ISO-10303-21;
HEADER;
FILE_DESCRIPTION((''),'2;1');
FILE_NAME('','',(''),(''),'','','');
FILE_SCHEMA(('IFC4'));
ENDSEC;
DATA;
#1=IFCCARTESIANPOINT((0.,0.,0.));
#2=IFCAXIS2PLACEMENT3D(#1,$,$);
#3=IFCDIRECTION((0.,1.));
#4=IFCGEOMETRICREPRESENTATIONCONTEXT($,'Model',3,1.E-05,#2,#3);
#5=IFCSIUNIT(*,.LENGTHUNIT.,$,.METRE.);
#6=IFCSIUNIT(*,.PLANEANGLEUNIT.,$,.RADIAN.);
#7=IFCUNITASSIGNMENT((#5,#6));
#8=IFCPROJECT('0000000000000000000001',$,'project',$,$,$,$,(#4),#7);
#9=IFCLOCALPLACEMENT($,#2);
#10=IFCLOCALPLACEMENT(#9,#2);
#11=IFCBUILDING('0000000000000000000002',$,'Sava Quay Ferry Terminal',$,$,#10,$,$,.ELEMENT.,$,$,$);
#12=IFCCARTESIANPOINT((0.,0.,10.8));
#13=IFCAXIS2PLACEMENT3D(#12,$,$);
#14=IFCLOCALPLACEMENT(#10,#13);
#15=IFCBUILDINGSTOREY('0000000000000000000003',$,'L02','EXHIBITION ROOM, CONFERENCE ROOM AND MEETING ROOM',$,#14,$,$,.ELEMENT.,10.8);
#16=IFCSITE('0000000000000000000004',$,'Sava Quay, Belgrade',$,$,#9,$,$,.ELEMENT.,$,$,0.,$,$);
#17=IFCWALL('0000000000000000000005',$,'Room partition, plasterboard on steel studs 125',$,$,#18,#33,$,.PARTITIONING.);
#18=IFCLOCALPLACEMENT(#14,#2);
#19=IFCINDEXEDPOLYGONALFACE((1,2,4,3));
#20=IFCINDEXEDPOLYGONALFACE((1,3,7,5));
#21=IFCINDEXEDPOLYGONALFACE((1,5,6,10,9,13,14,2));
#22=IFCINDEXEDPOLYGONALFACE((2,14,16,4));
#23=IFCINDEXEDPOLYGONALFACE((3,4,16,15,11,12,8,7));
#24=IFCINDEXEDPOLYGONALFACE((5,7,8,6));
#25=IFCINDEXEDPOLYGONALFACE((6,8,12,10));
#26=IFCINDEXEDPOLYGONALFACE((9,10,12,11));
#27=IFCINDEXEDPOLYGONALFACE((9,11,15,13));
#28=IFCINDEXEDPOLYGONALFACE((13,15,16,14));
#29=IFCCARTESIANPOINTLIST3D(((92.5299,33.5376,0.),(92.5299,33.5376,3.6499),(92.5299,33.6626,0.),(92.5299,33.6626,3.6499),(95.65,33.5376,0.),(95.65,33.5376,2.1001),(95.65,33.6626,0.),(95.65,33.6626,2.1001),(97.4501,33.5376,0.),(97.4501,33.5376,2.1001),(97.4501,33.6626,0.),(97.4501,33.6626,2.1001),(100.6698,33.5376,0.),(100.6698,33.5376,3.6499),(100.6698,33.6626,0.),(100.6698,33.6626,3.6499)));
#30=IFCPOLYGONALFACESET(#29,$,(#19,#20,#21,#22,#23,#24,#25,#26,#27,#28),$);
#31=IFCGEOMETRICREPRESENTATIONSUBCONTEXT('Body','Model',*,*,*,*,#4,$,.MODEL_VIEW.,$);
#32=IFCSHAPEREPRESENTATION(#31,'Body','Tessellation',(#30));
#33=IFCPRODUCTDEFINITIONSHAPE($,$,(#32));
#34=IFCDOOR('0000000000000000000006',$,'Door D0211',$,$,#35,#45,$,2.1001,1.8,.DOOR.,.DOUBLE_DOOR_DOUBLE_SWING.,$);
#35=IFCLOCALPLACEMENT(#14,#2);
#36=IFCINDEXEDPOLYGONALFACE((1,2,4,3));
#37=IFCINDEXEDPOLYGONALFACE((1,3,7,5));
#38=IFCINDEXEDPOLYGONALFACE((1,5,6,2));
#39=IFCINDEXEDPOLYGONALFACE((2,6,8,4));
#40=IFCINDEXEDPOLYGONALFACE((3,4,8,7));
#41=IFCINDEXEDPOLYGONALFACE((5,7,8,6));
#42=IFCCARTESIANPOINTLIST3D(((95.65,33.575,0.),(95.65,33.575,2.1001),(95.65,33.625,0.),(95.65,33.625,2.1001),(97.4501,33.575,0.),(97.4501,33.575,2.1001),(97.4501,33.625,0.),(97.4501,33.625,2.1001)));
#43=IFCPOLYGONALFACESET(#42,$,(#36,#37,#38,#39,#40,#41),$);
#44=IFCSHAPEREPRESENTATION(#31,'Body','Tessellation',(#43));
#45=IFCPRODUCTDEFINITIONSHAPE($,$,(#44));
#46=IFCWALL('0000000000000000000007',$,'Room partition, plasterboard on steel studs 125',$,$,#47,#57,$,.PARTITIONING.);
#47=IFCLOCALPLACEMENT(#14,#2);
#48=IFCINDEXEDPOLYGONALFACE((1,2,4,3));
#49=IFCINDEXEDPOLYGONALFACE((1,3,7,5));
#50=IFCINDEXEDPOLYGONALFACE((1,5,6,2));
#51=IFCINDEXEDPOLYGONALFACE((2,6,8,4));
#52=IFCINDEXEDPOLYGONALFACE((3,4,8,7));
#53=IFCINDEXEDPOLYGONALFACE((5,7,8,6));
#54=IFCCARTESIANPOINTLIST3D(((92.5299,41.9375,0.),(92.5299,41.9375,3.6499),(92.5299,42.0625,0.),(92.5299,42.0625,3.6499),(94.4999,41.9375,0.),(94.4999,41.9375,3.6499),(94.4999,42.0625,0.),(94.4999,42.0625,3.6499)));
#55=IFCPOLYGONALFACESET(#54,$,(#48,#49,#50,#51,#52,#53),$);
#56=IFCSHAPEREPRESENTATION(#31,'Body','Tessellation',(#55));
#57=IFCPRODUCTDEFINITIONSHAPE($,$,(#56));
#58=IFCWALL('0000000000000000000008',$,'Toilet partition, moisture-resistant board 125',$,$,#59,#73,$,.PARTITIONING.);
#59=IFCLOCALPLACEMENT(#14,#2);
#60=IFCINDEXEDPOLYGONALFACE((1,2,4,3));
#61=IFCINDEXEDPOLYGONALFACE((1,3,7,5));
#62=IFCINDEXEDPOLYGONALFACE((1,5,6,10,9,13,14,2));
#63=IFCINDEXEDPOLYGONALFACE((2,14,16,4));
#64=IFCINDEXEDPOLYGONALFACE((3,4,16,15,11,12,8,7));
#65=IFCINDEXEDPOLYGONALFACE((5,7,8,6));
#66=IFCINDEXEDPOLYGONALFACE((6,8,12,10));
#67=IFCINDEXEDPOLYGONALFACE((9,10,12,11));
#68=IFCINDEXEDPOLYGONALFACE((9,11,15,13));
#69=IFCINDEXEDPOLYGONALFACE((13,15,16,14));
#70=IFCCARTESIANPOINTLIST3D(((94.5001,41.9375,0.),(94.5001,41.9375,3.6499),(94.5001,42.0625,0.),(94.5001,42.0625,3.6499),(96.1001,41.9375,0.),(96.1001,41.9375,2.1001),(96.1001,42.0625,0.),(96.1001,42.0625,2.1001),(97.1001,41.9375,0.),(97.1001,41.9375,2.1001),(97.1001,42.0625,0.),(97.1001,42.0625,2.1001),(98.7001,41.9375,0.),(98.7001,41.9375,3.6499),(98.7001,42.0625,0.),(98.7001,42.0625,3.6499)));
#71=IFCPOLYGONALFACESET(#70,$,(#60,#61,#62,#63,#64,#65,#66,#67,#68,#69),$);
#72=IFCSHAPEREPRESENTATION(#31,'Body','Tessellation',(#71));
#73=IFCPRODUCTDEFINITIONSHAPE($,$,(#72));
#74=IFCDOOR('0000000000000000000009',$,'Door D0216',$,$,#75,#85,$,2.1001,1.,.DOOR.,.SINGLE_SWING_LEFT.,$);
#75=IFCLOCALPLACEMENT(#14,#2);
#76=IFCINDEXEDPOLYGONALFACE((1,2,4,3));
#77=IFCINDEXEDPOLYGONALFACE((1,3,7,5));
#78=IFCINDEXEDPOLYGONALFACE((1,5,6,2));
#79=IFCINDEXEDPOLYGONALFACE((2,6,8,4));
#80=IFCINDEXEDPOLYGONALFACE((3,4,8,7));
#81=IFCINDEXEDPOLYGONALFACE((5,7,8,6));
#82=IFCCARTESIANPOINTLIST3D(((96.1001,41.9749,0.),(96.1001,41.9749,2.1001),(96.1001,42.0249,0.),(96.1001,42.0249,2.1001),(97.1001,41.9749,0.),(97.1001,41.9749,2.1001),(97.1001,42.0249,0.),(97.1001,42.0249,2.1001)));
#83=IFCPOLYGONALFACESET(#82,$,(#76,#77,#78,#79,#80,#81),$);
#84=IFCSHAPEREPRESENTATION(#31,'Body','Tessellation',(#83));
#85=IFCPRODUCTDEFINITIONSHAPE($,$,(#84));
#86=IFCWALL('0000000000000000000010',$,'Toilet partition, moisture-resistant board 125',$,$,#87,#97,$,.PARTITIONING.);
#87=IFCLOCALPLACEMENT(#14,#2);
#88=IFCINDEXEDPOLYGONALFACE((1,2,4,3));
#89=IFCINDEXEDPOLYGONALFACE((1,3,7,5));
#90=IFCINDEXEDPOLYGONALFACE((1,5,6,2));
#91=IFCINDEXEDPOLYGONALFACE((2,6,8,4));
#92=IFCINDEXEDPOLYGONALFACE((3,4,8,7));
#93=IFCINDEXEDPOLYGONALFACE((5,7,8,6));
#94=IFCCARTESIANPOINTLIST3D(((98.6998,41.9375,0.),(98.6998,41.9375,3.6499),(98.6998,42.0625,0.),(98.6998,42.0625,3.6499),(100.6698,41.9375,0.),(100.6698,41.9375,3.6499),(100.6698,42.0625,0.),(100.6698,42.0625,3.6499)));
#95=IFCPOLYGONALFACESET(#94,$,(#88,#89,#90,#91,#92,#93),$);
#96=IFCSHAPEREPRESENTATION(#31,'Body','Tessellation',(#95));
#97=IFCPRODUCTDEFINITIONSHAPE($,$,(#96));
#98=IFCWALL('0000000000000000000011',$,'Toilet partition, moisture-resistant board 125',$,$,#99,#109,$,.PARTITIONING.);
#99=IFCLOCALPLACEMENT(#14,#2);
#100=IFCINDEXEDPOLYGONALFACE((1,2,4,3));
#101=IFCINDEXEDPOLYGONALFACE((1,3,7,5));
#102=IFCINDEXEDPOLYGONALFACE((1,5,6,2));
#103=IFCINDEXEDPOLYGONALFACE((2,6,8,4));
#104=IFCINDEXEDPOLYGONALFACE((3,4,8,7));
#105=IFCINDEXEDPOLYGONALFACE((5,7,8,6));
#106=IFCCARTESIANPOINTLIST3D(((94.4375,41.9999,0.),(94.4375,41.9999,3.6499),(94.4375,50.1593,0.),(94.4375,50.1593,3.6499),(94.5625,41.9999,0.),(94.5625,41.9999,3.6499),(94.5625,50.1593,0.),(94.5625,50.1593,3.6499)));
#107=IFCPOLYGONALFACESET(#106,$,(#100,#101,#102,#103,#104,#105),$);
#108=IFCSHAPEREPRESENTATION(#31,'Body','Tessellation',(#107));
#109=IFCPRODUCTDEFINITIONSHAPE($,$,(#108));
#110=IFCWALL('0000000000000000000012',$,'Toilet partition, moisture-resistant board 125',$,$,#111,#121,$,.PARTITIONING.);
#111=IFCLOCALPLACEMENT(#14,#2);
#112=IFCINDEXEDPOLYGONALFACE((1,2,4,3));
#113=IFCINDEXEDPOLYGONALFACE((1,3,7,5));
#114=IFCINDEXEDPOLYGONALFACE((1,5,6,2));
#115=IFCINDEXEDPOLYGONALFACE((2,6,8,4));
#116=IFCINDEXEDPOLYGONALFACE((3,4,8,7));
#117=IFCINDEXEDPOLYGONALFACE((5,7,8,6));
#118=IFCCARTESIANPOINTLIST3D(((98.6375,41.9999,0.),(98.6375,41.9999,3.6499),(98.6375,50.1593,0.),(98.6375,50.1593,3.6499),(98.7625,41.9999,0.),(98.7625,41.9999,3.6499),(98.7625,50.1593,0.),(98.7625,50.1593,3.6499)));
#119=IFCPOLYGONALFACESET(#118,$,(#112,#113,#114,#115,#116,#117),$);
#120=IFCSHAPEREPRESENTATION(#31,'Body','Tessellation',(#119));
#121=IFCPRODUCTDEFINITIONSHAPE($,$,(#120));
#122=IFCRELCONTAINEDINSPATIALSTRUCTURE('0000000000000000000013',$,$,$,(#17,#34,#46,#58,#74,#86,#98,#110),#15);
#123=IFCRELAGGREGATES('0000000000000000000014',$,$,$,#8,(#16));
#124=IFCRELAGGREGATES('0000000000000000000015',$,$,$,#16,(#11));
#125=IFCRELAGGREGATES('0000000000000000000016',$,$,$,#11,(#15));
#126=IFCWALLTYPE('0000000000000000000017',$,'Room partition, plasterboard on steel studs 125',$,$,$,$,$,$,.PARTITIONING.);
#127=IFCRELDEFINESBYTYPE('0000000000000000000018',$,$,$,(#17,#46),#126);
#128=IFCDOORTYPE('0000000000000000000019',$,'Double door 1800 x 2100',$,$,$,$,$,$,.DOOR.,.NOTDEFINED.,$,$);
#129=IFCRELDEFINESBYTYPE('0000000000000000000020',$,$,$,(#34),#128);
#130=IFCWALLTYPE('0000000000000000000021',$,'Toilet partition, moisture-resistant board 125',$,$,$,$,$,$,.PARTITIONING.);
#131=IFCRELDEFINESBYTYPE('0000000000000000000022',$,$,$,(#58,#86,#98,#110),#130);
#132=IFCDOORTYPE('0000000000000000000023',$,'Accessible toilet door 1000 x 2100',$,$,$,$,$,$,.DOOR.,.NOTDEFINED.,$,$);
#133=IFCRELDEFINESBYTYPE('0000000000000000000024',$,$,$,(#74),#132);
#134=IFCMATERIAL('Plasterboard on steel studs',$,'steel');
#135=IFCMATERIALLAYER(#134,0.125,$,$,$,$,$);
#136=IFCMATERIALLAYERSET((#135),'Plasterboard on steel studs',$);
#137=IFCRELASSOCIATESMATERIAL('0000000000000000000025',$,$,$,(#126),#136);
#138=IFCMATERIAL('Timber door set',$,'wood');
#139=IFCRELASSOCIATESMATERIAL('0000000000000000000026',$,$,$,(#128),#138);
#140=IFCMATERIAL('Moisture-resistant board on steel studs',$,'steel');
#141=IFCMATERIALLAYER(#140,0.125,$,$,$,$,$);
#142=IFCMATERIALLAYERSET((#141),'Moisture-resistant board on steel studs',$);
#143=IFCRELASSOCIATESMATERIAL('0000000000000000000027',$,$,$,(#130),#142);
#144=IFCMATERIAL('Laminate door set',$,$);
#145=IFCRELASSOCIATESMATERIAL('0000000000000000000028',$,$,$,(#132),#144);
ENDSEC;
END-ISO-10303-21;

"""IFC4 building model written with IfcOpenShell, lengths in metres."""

from ifc_helpers import new_model, si_unit, direction, frame, frame_2d, origin, place, context, subcontext, project, spatial, rectangle, extrude, material, layer, layer_set, type_object, element, fill, save


model = new_model("IFC4")

# Units and contexts
model_context = context("Model", 3, precision=1e-05, world=origin(), true_north=direction((0.0, 1.0)))
body_context = subcontext(model_context, "Body", "Model", "MODEL_VIEW")
ifc_project = project(units=[si_unit("LENGTHUNIT", "METRE"), si_unit("PLANEANGLEUNIT", "RADIAN")], contexts=[model_context])

# Site, building, storey
site_placement = place(None, origin())
site = spatial("IfcSite", under=ifc_project, at=site_placement, Name="Sava Quay, Belgrade", CompositionType="ELEMENT", RefElevation=0.0)
building_placement = place(site_placement, origin())
building = spatial("IfcBuilding", under=site, at=building_placement, Name="Sava Quay Ferry Terminal", CompositionType="ELEMENT")
storey_placement = place(building_placement, frame((0.0, 0.0, 10.8)))
storey = spatial("IfcBuildingStorey", under=building, at=storey_placement, Name="L02", Description="EXHIBITION ROOM, CONFERENCE ROOM AND MEETING ROOM", CompositionType="ELEMENT", Elevation=10.8)

# Wall, opening, door
ifc_material_1 = material(Name="Plasterboard on steel studs", Category="steel")
ifc_layer_1 = layer(ifc_material_1, 0.125)
ifc_layer_set_1 = layer_set([ifc_layer_1], Name="Plasterboard on steel studs")
wall_type_1 = type_object("IfcWallType", Name="Room partition, plasterboard on steel studs 125", PredefinedType="PARTITIONING", material=ifc_layer_set_1)
wall_1_placement = place(storey_placement, frame((92.53, 33.6001, 0.0), z_axis=(0.0, 0.0, 1.0), x_axis=(1.0, 0.0, 0.0)))
wall_1 = element("IfcWall", 1, at=wall_1_placement, inside=storey, type_object=wall_type_1, Name="Room partition, plasterboard on steel studs 125", PredefinedType="PARTITIONING", context=body_context, shape_type="SweptSolid", body=[
    extrude(rectangle(XDim=8.1399, YDim=0.125, at=frame_2d((4.0698, 0.0))), origin(), (0.0, 0.0, 1.0), 3.6499),
])
opening_1_placement = place(wall_1_placement, frame((3.1201, 0.0, 0.0)))
opening_1 = element("IfcOpeningElement", 2, at=opening_1_placement, cuts=wall_1, PredefinedType="OPENING", context=body_context, shape_type="SweptSolid", body=[
    extrude(rectangle(XDim=1.8, YDim=2.1001, at=frame_2d((0.8999, 1.05))), frame((0.0, 0.0625, 0.0), z_axis=(0.0, -1.0, 0.0), x_axis=(1.0, 0.0, 0.0)), (0.0, 0.0, 1.0), 0.125),
])
ifc_material_2 = material(Name="Timber door set", Category="wood")
door_type_1 = type_object("IfcDoorType", Name="Double door 1800 x 2100", OperationType="NOTDEFINED", PredefinedType="DOOR", material=ifc_material_2)
door_1_placement = place(opening_1_placement, origin())
door_1 = element("IfcDoor", 3, at=door_1_placement, inside=storey, type_object=door_type_1, Name="Door D0211", OperationType="DOUBLE_DOOR_DOUBLE_SWING", OverallHeight=2.1001, OverallWidth=1.8, PredefinedType="DOOR", context=body_context, shape_type="SweptSolid", body=[
    extrude(rectangle(XDim=1.8, YDim=2.1001, at=frame_2d((0.8999, 1.05))), frame((0.0, 0.0249, 0.0), z_axis=(0.0, -1.0, 0.0), x_axis=(1.0, 0.0, 0.0)), (0.0, 0.0, 1.0), 0.05),
])
fill(opening_1, door_1)

# Wall
wall_2_placement = place(storey_placement, frame((92.53, 42.0, 0.0), z_axis=(0.0, 0.0, 1.0), x_axis=(1.0, 0.0, 0.0)))
element("IfcWall", 4, at=wall_2_placement, inside=storey, type_object=wall_type_1, Name="Room partition, plasterboard on steel studs 125", PredefinedType="PARTITIONING", context=body_context, shape_type="SweptSolid", body=[
    extrude(rectangle(XDim=1.97, YDim=0.125, at=frame_2d((0.9849, 0.0))), origin(), (0.0, 0.0, 1.0), 3.6499),
])

# Wall, opening, door
ifc_material_3 = material(Name="Moisture-resistant board on steel studs", Category="steel")
ifc_layer_2 = layer(ifc_material_3, 0.125)
ifc_layer_set_2 = layer_set([ifc_layer_2], Name="Moisture-resistant board on steel studs")
wall_type_2 = type_object("IfcWallType", Name="Toilet partition, moisture-resistant board 125", PredefinedType="PARTITIONING", material=ifc_layer_set_2)
wall_3_placement = place(storey_placement, frame((94.5, 42.0, 0.0), z_axis=(0.0, 0.0, 1.0), x_axis=(1.0, 0.0, 0.0)))
wall_3 = element("IfcWall", 5, at=wall_3_placement, inside=storey, type_object=wall_type_2, Name="Toilet partition, moisture-resistant board 125", PredefinedType="PARTITIONING", context=body_context, shape_type="SweptSolid", body=[
    extrude(rectangle(XDim=4.2, YDim=0.125, at=frame_2d((2.1001, 0.0))), origin(), (0.0, 0.0, 1.0), 3.6499),
])
opening_2_placement = place(wall_3_placement, frame((1.6001, 0.0, 0.0)))
opening_2 = element("IfcOpeningElement", 6, at=opening_2_placement, cuts=wall_3, PredefinedType="OPENING", context=body_context, shape_type="SweptSolid", body=[
    extrude(rectangle(XDim=1.0, YDim=2.1001, at=frame_2d((0.5, 1.05))), frame((0.0, 0.0625, 0.0), z_axis=(0.0, -1.0, 0.0), x_axis=(1.0, 0.0, 0.0)), (0.0, 0.0, 1.0), 0.125),
])
ifc_material_4 = material(Name="Laminate door set")
door_type_2 = type_object("IfcDoorType", Name="Accessible toilet door 1000 x 2100", OperationType="NOTDEFINED", PredefinedType="DOOR", material=ifc_material_4)
door_2_placement = place(opening_2_placement, origin())
door_2 = element("IfcDoor", 7, at=door_2_placement, inside=storey, type_object=door_type_2, Name="Door D0216", OperationType="SINGLE_SWING_LEFT", OverallHeight=2.1001, OverallWidth=1.0, PredefinedType="DOOR", context=body_context, shape_type="SweptSolid", body=[
    extrude(rectangle(XDim=1.0, YDim=2.1001, at=frame_2d((0.5, 1.05))), frame((0.0, 0.0249, 0.0), z_axis=(0.0, -1.0, 0.0), x_axis=(1.0, 0.0, 0.0)), (0.0, 0.0, 1.0), 0.05),
])
fill(opening_2, door_2)

# Walls
wall_4_placement = place(storey_placement, frame((98.7, 42.0, 0.0), z_axis=(0.0, 0.0, 1.0), x_axis=(1.0, 0.0, 0.0)))
element("IfcWall", 8, at=wall_4_placement, inside=storey, type_object=wall_type_2, Name="Toilet partition, moisture-resistant board 125", PredefinedType="PARTITIONING", context=body_context, shape_type="SweptSolid", body=[
    extrude(rectangle(XDim=1.97, YDim=0.125, at=frame_2d((0.9849, 0.0))), origin(), (0.0, 0.0, 1.0), 3.6499),
])
for number, where, z_axis, x_axis, name in (
    (9, (94.5, 42.0, 0.0), (0.0, 0.0, 1.0), (0.0, 1.0, 0.0), "Toilet partition, moisture-resistant board 125"),
    (10, (98.7, 42.0, 0.0), (0.0, 0.0, 1.0), (0.0, 1.0, 0.0), "Toilet partition, moisture-resistant board 125"),
):
    element("IfcWall", number, at=place(storey_placement, frame(where, z_axis=z_axis, x_axis=x_axis)), inside=storey, type_object=wall_type_2, Name=name, PredefinedType="PARTITIONING", context=body_context, shape_type="SweptSolid", body=[
        extrude(rectangle(XDim=8.1594, YDim=0.125, at=frame_2d((4.0796, 0.0))), origin(), (0.0, 0.0, 1.0), 3.6499),
    ])

save(model, "model.ifc")
